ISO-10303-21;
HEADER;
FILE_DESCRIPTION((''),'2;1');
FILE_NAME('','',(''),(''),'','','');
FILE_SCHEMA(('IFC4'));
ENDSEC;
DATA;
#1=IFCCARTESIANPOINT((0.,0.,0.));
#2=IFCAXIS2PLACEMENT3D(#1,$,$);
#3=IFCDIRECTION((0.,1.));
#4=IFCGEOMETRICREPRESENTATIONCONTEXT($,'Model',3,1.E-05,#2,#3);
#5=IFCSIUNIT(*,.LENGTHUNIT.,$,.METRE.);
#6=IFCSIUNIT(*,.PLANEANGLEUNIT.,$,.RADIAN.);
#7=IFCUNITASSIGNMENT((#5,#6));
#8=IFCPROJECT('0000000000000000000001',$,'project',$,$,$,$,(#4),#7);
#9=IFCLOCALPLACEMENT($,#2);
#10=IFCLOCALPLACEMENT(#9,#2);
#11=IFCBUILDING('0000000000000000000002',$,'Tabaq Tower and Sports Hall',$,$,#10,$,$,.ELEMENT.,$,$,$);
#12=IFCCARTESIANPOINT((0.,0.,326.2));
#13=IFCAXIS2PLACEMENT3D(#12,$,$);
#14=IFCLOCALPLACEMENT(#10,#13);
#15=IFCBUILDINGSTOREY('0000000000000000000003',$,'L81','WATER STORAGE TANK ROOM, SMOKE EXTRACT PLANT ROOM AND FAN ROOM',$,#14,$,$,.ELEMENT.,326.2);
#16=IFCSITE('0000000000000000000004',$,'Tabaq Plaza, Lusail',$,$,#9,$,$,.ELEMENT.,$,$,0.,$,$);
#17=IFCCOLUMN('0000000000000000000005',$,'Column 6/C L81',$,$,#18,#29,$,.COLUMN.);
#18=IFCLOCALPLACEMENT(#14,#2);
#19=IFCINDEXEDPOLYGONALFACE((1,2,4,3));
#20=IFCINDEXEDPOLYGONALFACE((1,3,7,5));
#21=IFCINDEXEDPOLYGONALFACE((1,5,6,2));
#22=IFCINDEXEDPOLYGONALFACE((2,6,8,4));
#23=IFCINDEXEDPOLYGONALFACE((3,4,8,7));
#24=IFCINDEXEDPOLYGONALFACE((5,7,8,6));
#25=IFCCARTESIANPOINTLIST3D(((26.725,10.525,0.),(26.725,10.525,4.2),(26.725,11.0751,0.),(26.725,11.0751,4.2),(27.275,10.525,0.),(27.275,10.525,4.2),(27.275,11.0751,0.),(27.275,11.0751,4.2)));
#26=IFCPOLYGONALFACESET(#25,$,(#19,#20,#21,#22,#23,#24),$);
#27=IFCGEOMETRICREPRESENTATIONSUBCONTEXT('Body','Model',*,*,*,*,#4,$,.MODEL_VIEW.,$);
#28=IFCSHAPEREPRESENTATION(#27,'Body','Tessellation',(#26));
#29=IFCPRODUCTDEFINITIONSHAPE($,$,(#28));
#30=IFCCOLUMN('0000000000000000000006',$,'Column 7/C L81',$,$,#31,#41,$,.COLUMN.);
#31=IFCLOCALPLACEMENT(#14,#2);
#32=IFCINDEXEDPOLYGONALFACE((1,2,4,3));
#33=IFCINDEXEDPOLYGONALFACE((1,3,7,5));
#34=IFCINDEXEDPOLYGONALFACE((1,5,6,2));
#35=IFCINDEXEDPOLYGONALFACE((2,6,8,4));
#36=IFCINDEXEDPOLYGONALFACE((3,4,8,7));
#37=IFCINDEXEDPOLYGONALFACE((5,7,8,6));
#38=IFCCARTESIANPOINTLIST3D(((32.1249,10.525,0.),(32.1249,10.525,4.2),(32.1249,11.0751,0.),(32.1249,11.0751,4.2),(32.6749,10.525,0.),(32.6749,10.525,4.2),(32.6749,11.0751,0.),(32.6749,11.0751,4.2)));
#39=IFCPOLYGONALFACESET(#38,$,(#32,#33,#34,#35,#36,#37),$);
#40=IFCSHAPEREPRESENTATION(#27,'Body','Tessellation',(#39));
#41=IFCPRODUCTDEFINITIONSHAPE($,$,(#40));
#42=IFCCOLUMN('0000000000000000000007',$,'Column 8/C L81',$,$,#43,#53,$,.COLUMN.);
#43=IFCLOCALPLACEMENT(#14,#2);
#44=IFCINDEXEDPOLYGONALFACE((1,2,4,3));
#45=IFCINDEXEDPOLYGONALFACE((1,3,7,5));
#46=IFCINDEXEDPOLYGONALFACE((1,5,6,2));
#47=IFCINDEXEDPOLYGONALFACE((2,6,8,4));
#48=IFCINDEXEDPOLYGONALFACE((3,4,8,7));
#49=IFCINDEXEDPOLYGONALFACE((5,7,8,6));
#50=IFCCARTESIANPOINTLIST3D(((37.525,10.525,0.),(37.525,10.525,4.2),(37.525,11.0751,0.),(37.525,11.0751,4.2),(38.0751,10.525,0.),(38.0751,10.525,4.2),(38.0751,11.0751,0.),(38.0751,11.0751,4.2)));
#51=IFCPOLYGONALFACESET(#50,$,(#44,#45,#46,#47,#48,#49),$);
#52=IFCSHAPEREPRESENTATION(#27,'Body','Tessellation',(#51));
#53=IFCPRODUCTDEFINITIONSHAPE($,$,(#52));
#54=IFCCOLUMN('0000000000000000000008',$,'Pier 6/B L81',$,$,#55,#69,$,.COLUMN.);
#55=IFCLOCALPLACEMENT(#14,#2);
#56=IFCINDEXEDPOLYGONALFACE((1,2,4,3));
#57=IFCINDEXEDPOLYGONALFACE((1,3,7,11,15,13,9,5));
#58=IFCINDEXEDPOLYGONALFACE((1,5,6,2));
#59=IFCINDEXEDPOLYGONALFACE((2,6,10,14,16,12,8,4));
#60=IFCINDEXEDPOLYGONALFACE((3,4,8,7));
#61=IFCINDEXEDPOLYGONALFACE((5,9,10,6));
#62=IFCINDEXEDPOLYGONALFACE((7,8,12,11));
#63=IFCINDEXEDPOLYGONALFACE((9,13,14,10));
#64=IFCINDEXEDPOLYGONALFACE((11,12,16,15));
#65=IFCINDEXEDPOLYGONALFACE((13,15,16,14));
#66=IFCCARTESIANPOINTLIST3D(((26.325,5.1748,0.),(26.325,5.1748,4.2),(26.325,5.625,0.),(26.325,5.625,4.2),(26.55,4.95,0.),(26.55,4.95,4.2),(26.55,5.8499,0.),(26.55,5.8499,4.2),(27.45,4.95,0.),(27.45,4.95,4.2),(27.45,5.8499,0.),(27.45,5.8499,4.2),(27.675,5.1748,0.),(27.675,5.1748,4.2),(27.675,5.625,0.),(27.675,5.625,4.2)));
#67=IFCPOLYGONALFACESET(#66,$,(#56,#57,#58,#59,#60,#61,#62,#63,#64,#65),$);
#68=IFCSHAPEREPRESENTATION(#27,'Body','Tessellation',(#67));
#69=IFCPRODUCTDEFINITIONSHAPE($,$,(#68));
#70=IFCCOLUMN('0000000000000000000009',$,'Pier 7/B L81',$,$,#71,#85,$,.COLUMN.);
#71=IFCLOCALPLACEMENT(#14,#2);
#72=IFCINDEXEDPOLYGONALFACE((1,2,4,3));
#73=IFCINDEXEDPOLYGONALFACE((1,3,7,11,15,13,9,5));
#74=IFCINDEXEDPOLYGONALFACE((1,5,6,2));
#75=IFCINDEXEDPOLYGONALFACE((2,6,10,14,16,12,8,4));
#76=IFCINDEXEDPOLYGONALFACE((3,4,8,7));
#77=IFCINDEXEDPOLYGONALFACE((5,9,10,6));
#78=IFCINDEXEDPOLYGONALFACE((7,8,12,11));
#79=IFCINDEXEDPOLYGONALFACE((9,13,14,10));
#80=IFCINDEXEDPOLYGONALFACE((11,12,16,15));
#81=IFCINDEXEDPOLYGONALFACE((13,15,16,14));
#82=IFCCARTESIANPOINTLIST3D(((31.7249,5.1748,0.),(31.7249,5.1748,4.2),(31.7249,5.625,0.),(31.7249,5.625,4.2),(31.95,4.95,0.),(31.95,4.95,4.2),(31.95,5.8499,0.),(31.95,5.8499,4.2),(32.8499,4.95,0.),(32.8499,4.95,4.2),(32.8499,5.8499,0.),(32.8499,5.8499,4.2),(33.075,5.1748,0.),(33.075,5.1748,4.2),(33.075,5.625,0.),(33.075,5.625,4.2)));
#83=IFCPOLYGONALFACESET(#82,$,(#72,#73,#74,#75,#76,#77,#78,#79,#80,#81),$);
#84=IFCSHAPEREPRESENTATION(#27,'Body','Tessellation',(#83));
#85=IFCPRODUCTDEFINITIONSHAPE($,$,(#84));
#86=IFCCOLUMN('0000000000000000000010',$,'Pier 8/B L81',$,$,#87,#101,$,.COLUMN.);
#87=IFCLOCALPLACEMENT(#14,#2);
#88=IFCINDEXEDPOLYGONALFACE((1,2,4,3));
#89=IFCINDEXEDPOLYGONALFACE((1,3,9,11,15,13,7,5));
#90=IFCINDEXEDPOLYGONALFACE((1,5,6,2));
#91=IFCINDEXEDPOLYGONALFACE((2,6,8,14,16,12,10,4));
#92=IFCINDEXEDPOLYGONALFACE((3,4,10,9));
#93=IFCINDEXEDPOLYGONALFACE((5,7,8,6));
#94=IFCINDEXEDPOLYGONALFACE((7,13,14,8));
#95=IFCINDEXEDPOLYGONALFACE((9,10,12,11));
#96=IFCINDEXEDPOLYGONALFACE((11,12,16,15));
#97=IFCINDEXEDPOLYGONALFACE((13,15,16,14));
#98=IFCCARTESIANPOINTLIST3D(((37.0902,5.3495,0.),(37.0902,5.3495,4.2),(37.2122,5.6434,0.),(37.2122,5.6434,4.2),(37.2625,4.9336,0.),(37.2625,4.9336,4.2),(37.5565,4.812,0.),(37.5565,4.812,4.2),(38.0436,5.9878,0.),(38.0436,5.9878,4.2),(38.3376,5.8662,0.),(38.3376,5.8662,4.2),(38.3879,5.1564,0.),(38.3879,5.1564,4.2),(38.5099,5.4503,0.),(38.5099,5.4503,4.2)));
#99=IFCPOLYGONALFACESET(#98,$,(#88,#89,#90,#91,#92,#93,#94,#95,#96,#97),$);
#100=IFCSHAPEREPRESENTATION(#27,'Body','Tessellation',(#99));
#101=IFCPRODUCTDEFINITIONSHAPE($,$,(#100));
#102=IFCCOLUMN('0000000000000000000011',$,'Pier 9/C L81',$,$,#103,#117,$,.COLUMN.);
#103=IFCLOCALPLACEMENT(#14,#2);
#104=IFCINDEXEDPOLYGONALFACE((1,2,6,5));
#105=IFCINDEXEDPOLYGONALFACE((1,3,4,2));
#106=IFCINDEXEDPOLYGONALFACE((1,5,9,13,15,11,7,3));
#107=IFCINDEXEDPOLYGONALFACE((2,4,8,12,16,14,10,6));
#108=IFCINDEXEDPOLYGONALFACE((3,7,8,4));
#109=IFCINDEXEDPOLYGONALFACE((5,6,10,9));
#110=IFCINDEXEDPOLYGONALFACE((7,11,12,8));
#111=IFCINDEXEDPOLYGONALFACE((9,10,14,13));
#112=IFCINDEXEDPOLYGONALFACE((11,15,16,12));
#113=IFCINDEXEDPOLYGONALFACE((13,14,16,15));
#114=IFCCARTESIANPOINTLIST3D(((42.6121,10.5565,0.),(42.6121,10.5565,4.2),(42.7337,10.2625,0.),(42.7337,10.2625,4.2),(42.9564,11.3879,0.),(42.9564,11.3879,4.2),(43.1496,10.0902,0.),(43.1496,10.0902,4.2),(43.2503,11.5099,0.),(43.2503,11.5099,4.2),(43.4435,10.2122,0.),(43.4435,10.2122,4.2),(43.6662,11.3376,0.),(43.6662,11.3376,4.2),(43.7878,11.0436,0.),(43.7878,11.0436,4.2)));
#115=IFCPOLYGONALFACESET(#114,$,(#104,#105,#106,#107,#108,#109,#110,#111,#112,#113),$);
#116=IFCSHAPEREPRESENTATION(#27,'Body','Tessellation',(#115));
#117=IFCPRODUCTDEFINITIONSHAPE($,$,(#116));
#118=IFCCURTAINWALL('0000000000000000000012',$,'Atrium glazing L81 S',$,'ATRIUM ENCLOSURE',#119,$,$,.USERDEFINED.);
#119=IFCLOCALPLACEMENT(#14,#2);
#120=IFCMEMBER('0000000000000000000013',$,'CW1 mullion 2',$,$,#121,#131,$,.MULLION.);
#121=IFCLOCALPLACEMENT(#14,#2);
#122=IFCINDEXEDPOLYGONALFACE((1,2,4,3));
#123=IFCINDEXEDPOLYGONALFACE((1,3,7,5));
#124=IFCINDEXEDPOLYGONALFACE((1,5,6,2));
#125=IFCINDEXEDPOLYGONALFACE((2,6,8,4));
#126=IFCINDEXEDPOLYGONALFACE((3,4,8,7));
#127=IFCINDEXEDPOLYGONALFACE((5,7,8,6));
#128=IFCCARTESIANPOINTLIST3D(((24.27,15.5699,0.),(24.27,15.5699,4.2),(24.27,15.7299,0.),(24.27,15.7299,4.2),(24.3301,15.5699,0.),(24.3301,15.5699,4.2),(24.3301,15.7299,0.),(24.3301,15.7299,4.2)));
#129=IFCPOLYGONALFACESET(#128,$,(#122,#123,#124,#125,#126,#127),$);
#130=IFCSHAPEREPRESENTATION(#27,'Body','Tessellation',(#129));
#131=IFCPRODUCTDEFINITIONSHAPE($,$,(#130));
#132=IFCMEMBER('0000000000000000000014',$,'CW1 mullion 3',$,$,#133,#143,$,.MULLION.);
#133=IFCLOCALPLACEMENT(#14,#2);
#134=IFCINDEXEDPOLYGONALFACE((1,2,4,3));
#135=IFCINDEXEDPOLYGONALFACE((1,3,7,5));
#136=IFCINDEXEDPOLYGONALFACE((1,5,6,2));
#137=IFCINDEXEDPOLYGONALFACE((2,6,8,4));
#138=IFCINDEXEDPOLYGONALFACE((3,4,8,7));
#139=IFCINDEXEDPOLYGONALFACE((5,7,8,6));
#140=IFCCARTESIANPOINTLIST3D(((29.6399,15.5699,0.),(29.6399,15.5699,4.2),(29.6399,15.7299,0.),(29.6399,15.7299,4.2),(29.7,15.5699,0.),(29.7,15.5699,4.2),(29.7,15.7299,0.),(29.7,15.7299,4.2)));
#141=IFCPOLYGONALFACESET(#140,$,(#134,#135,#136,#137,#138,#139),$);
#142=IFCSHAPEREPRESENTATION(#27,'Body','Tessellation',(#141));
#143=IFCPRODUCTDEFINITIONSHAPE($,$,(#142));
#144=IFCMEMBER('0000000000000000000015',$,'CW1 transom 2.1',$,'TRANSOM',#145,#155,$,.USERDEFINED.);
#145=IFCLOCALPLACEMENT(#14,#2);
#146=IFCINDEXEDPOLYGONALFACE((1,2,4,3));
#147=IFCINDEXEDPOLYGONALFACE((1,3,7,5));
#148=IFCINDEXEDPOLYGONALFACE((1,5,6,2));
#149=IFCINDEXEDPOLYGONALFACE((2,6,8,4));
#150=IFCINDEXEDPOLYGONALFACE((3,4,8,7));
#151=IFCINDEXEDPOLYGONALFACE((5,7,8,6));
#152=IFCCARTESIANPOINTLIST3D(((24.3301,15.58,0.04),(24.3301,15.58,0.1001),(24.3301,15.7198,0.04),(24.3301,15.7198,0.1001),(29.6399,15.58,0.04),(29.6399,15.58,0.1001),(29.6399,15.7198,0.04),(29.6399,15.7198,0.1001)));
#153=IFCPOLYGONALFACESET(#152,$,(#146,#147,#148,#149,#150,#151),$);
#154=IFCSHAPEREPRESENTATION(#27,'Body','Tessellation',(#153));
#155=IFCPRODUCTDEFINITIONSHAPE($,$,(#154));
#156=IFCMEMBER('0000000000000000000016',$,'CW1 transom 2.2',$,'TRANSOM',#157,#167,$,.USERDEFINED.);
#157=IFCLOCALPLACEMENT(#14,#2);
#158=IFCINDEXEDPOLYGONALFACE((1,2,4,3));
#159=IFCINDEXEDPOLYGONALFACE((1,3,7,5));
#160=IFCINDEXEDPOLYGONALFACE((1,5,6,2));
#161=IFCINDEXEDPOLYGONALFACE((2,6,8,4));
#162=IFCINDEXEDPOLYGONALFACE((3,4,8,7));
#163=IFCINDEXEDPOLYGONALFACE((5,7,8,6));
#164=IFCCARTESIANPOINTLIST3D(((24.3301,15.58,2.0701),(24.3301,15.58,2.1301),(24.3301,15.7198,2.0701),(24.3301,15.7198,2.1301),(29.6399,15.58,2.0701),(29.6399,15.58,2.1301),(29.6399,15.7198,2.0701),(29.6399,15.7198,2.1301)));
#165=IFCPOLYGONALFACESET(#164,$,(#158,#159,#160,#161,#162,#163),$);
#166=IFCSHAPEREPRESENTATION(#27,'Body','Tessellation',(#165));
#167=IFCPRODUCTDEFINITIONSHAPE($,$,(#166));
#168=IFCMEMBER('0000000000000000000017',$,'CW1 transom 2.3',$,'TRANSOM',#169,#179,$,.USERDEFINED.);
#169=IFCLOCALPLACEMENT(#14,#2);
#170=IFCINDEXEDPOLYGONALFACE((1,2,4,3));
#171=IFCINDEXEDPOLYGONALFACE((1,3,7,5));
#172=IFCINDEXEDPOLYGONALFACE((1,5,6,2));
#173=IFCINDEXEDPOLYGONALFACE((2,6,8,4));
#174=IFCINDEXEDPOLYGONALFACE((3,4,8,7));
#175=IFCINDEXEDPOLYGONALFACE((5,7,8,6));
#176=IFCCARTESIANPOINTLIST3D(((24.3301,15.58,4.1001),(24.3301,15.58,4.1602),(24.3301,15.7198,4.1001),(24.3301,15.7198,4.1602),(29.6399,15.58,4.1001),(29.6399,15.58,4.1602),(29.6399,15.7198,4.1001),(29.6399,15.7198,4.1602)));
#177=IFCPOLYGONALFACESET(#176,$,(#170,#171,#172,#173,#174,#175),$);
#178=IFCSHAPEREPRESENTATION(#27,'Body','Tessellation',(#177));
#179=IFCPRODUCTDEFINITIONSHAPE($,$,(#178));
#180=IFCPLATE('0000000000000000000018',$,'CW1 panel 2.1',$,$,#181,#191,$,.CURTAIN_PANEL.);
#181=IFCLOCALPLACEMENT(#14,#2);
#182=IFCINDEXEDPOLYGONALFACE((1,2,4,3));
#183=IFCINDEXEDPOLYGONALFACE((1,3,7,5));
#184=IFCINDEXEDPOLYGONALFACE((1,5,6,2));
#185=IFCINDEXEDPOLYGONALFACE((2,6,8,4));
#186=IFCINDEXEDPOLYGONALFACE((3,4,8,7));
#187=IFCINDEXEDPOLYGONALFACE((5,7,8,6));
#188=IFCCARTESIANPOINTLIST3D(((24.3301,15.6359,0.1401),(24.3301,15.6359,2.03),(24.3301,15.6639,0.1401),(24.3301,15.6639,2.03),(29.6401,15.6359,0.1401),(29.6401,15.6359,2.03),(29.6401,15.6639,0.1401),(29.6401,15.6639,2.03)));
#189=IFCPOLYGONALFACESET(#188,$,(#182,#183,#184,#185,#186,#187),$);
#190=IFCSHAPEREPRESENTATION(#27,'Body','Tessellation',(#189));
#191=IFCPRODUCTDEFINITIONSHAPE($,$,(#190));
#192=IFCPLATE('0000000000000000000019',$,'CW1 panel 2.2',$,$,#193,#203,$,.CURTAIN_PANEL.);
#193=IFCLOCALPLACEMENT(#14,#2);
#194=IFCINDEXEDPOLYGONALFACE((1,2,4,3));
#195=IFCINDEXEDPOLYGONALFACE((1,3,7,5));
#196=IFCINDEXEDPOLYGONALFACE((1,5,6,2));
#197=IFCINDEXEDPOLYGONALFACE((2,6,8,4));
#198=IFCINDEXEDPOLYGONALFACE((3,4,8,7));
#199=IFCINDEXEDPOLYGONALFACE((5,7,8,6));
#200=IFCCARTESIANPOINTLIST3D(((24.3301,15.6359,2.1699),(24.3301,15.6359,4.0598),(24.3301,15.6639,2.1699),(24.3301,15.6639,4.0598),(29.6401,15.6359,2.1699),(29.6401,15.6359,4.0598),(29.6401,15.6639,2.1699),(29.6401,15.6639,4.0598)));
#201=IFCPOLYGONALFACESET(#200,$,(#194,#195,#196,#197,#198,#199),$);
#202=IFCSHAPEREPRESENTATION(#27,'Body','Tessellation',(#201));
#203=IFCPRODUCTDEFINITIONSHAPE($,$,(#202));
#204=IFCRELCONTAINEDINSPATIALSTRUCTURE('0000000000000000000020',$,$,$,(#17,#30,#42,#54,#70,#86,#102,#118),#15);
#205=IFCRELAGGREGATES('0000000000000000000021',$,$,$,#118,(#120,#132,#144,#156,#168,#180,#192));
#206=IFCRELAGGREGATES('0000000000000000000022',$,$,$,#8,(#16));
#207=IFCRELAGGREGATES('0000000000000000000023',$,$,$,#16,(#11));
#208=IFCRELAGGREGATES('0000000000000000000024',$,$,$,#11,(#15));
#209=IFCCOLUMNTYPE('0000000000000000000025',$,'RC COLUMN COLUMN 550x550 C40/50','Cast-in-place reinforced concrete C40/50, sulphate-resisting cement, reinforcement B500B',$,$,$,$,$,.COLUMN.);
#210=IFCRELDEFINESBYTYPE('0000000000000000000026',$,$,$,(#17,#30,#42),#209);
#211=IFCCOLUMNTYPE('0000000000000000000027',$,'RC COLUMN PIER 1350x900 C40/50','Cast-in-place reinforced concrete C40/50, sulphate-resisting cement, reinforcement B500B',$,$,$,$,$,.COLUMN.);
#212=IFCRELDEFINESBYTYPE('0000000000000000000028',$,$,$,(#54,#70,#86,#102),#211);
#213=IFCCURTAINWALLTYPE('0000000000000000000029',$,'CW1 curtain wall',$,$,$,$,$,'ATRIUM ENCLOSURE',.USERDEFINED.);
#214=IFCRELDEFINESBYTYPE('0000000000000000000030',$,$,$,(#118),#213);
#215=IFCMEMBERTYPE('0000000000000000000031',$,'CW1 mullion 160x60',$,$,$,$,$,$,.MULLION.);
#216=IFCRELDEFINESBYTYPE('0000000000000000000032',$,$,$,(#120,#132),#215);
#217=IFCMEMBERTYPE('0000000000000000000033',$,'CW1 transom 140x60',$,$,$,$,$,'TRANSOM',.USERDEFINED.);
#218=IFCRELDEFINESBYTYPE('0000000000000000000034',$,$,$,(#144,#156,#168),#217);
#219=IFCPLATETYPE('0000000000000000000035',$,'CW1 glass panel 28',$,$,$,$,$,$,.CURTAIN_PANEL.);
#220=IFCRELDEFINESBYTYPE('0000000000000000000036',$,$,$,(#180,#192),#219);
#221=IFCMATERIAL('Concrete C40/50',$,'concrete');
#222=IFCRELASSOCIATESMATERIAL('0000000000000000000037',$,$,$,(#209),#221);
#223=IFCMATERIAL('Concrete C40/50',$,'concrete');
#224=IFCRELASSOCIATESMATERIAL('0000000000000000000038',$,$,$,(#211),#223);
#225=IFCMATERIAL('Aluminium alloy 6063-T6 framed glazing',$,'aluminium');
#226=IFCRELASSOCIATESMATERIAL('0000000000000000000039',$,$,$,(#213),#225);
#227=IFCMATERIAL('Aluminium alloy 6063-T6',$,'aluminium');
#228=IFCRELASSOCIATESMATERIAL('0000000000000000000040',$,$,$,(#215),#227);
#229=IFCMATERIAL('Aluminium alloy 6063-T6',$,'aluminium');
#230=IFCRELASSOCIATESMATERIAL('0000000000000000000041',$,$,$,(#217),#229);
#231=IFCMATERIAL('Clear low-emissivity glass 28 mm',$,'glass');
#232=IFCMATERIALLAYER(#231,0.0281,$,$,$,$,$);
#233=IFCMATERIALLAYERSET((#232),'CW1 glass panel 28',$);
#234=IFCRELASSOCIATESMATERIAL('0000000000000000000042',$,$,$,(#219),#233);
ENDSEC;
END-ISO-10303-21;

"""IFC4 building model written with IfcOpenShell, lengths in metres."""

from ifc_helpers import new_model, si_unit, direction, frame, origin, origin_2d, place, context, subcontext, project, spatial, polyline, rectangle, outline, extrude, material, layer, layer_set, material_profile, profile_set, type_object, element, aggregate, save


model = new_model("IFC4")

# Units and contexts
model_context = context("Model", 3, precision=1e-05, world=origin(), true_north=direction((0.0, 1.0)))
body_context = subcontext(model_context, "Body", "Model", "MODEL_VIEW")
ifc_project = project(units=[si_unit("LENGTHUNIT", "METRE"), si_unit("PLANEANGLEUNIT", "RADIAN")], contexts=[model_context])

# Site, building, storey
site_placement = place(None, origin())
site = spatial("IfcSite", under=ifc_project, at=site_placement, Name="Tabaq Plaza, Lusail", CompositionType="ELEMENT", RefElevation=0.0)
building_placement = place(site_placement, origin())
building = spatial("IfcBuilding", under=site, at=building_placement, Name="Tabaq Tower and Sports Hall", CompositionType="ELEMENT")
storey_placement = place(building_placement, frame((0.0, 0.0, 326.2)))
storey = spatial("IfcBuildingStorey", under=building, at=storey_placement, Name="L81", Description="WATER STORAGE TANK ROOM, SMOKE EXTRACT PLANT ROOM AND FAN ROOM", CompositionType="ELEMENT", Elevation=326.2)

# Columns
ifc_material_1 = material(Name="Concrete C40/50", Category="concrete")
ifc_material_profile_1 = material_profile(ifc_material_1, rectangle(XDim=0.55, YDim=0.55, at=origin_2d()), Name="COLUMN 550x550")
ifc_profile_set_1 = profile_set([ifc_material_profile_1], Name="Concrete C40/50")
column_type_1 = type_object("IfcColumnType", Name="RC COLUMN COLUMN 550x550 C40/50", Description="Cast-in-place reinforced concrete C40/50, sulphate-resisting cement, reinforcement B500B", PredefinedType="COLUMN", material=ifc_profile_set_1)
for number, where, z_axis, x_axis, name in (
    (1, (27.0, 10.8, 0.0), (0.0, 0.0, 1.0), (1.0, 0.0, 0.0), "Column 6/C L81"),
    (2, (32.3999, 10.8, 0.0), (0.0, 0.0, 1.0), (1.0, 0.0, 0.0), "Column 7/C L81"),
    (3, (37.8, 10.8, 0.0), (0.0, 0.0, 1.0), (1.0, 0.0, 0.0), "Column 8/C L81"),
):
    element("IfcColumn", number, at=place(storey_placement, frame(where, z_axis=z_axis, x_axis=x_axis)), inside=storey, type_object=column_type_1, Name=name, PredefinedType="COLUMN", context=body_context, shape_type="SweptSolid", body=[
        extrude(rectangle(XDim=0.55, YDim=0.55, at=origin_2d()), origin(), (0.0, 0.0, 1.0), 4.2),
    ])
ifc_material_2 = material(Name="Concrete C40/50", Category="concrete")
ifc_material_profile_2 = material_profile(ifc_material_2, outline(polyline([(-0.45, -0.45), (0.45, -0.45), (0.675, -0.2251), (0.675, 0.2251), (0.45, 0.45), (-0.45, 0.45), (-0.675, 0.2251), (-0.675, -0.2251), (-0.45, -0.45)])), Name="PIER 1350x900")
ifc_profile_set_2 = profile_set([ifc_material_profile_2], Name="Concrete C40/50")
column_type_2 = type_object("IfcColumnType", Name="RC COLUMN PIER 1350x900 C40/50", Description="Cast-in-place reinforced concrete C40/50, sulphate-resisting cement, reinforcement B500B", PredefinedType="COLUMN", material=ifc_profile_set_2)
for number, where, z_axis, x_axis, name in (
    (4, (27.0, 5.3999, 0.0), (0.0, 0.0, 1.0), (1.0, 0.0, 0.0), "Pier 6/B L81"),
    (5, (32.3999, 5.3999, 0.0), (0.0, 0.0, 1.0), (1.0, 0.0, 0.0), "Pier 7/B L81"),
    (6, (37.8, 5.3999, 0.0), (0.0, 0.0, 1.0), (0.92388, 0.382683, 0.0), "Pier 8/B L81"),
    (7, (43.2, 10.8, 0.0), (0.0, 0.0, 1.0), (0.382683, 0.92388, 0.0), "Pier 9/C L81"),
):
    element("IfcColumn", number, at=place(storey_placement, frame(where, z_axis=z_axis, x_axis=x_axis)), inside=storey, type_object=column_type_2, Name=name, PredefinedType="COLUMN", context=body_context, shape_type="SweptSolid", body=[
        extrude(outline(polyline([(-0.45, -0.45), (0.45, -0.45), (0.675, -0.2251), (0.675, 0.2251), (0.45, 0.45), (-0.45, 0.45), (-0.675, 0.2251), (-0.675, -0.2251), (-0.45, -0.45)])), origin(), (0.0, 0.0, 1.0), 4.2),
    ])

# Curtain wall, members, plates
ifc_material_3 = material(Name="Aluminium alloy 6063-T6 framed glazing", Category="aluminium")
curtain_wall_type = type_object("IfcCurtainWallType", Name="CW1 curtain wall", ElementType="ATRIUM ENCLOSURE", PredefinedType="USERDEFINED", material=ifc_material_3)
curtain_wall_placement = place(storey_placement, origin())
curtain_wall = element("IfcCurtainWall", 8, at=curtain_wall_placement, inside=storey, type_object=curtain_wall_type, Name="Atrium glazing L81 S", ObjectType="ATRIUM ENCLOSURE", PredefinedType="USERDEFINED")
ifc_material_4 = material(Name="Aluminium alloy 6063-T6", Category="aluminium")
ifc_material_profile_3 = material_profile(ifc_material_4, rectangle(XDim=0.1599, YDim=0.0601, at=origin_2d()), Name="MULLION 160x60")
ifc_profile_set_3 = profile_set([ifc_material_profile_3], Name="Aluminium alloy 6063-T6")
member_type_1 = type_object("IfcMemberType", Name="CW1 mullion 160x60", PredefinedType="MULLION", material=ifc_profile_set_3)
member_1_placement = place(storey_placement, frame((24.3, 15.6499, 0.0), z_axis=(0.0, 0.0, 1.0), x_axis=(0.0, 1.0, 0.0)))
member_1 = element("IfcMember", 9, at=member_1_placement, type_object=member_type_1, Name="CW1 mullion 2", PredefinedType="MULLION", context=body_context, shape_type="SweptSolid", body=[
    extrude(rectangle(XDim=0.1599, YDim=0.0601, at=origin_2d()), origin(), (0.0, 0.0, 1.0), 4.2),
])
member_2_placement = place(storey_placement, frame((29.6699, 15.6499, 0.0), z_axis=(0.0, 0.0, 1.0), x_axis=(0.0, 1.0, 0.0)))
member_2 = element("IfcMember", 10, at=member_2_placement, type_object=member_type_1, Name="CW1 mullion 3", PredefinedType="MULLION", context=body_context, shape_type="SweptSolid", body=[
    extrude(rectangle(XDim=0.1599, YDim=0.0601, at=origin_2d()), origin(), (0.0, 0.0, 1.0), 4.2),
])
ifc_material_5 = material(Name="Aluminium alloy 6063-T6", Category="aluminium")
ifc_material_profile_4 = material_profile(ifc_material_5, rectangle(XDim=0.1399, YDim=0.0601, at=origin_2d()), Name="TRANSOM 140x60")
ifc_profile_set_4 = profile_set([ifc_material_profile_4], Name="Aluminium alloy 6063-T6")
member_type_2 = type_object("IfcMemberType", Name="CW1 transom 140x60", ElementType="TRANSOM", PredefinedType="USERDEFINED", material=ifc_profile_set_4)
member_3_placement = place(storey_placement, frame((24.3301, 15.6499, 0.0701), z_axis=(1.0, 0.0, 0.0), x_axis=(0.0, 1.0, 0.0)))
member_3 = element("IfcMember", 11, at=member_3_placement, type_object=member_type_2, Name="CW1 transom 2.1", ObjectType="TRANSOM", PredefinedType="USERDEFINED", context=body_context, shape_type="SweptSolid", body=[
    extrude(rectangle(XDim=0.1399, YDim=0.0601, at=origin_2d()), origin(), (0.0, 0.0, 1.0), 5.3098),
])
member_4_placement = place(storey_placement, frame((24.3301, 15.6499, 2.1001), z_axis=(1.0, 0.0, 0.0), x_axis=(0.0, 1.0, 0.0)))
member_4 = element("IfcMember", 12, at=member_4_placement, type_object=member_type_2, Name="CW1 transom 2.2", ObjectType="TRANSOM", PredefinedType="USERDEFINED", context=body_context, shape_type="SweptSolid", body=[
    extrude(rectangle(XDim=0.1399, YDim=0.0601, at=origin_2d()), origin(), (0.0, 0.0, 1.0), 5.3098),
])
member_5_placement = place(storey_placement, frame((24.3301, 15.6499, 4.1301), z_axis=(1.0, 0.0, 0.0), x_axis=(0.0, 1.0, 0.0)))
member_5 = element("IfcMember", 13, at=member_5_placement, type_object=member_type_2, Name="CW1 transom 2.3", ObjectType="TRANSOM", PredefinedType="USERDEFINED", context=body_context, shape_type="SweptSolid", body=[
    extrude(rectangle(XDim=0.1399, YDim=0.0601, at=origin_2d()), origin(), (0.0, 0.0, 1.0), 5.3098),
])
ifc_material_6 = material(Name="Clear low-emissivity glass 28 mm", Category="glass")
ifc_layer_1 = layer(ifc_material_6, 0.0281)
ifc_layer_set_1 = layer_set([ifc_layer_1], Name="CW1 glass panel 28")
plate_type = type_object("IfcPlateType", Name="CW1 glass panel 28", PredefinedType="CURTAIN_PANEL", material=ifc_layer_set_1)
plate_1_placement = place(storey_placement, frame((26.9851, 15.6499, 0.1401), z_axis=(0.0, 0.0, 1.0), x_axis=(1.0, 0.0, 0.0)))
plate_1 = element("IfcPlate", 14, at=plate_1_placement, type_object=plate_type, Name="CW1 panel 2.1", PredefinedType="CURTAIN_PANEL", context=body_context, shape_type="SweptSolid", body=[
    extrude(rectangle(XDim=5.3101, YDim=0.0281, at=origin_2d()), origin(), (0.0, 0.0, 1.0), 1.8899),
])
plate_2_placement = place(storey_placement, frame((26.9851, 15.6499, 2.1699), z_axis=(0.0, 0.0, 1.0), x_axis=(1.0, 0.0, 0.0)))
plate_2 = element("IfcPlate", 15, at=plate_2_placement, type_object=plate_type, Name="CW1 panel 2.2", PredefinedType="CURTAIN_PANEL", context=body_context, shape_type="SweptSolid", body=[
    extrude(rectangle(XDim=5.3101, YDim=0.0281, at=origin_2d()), origin(), (0.0, 0.0, 1.0), 1.8899),
])
aggregate(curtain_wall, [member_1, member_2, member_3, member_4, member_5, plate_1, plate_2])

save(model, "model.ifc")
